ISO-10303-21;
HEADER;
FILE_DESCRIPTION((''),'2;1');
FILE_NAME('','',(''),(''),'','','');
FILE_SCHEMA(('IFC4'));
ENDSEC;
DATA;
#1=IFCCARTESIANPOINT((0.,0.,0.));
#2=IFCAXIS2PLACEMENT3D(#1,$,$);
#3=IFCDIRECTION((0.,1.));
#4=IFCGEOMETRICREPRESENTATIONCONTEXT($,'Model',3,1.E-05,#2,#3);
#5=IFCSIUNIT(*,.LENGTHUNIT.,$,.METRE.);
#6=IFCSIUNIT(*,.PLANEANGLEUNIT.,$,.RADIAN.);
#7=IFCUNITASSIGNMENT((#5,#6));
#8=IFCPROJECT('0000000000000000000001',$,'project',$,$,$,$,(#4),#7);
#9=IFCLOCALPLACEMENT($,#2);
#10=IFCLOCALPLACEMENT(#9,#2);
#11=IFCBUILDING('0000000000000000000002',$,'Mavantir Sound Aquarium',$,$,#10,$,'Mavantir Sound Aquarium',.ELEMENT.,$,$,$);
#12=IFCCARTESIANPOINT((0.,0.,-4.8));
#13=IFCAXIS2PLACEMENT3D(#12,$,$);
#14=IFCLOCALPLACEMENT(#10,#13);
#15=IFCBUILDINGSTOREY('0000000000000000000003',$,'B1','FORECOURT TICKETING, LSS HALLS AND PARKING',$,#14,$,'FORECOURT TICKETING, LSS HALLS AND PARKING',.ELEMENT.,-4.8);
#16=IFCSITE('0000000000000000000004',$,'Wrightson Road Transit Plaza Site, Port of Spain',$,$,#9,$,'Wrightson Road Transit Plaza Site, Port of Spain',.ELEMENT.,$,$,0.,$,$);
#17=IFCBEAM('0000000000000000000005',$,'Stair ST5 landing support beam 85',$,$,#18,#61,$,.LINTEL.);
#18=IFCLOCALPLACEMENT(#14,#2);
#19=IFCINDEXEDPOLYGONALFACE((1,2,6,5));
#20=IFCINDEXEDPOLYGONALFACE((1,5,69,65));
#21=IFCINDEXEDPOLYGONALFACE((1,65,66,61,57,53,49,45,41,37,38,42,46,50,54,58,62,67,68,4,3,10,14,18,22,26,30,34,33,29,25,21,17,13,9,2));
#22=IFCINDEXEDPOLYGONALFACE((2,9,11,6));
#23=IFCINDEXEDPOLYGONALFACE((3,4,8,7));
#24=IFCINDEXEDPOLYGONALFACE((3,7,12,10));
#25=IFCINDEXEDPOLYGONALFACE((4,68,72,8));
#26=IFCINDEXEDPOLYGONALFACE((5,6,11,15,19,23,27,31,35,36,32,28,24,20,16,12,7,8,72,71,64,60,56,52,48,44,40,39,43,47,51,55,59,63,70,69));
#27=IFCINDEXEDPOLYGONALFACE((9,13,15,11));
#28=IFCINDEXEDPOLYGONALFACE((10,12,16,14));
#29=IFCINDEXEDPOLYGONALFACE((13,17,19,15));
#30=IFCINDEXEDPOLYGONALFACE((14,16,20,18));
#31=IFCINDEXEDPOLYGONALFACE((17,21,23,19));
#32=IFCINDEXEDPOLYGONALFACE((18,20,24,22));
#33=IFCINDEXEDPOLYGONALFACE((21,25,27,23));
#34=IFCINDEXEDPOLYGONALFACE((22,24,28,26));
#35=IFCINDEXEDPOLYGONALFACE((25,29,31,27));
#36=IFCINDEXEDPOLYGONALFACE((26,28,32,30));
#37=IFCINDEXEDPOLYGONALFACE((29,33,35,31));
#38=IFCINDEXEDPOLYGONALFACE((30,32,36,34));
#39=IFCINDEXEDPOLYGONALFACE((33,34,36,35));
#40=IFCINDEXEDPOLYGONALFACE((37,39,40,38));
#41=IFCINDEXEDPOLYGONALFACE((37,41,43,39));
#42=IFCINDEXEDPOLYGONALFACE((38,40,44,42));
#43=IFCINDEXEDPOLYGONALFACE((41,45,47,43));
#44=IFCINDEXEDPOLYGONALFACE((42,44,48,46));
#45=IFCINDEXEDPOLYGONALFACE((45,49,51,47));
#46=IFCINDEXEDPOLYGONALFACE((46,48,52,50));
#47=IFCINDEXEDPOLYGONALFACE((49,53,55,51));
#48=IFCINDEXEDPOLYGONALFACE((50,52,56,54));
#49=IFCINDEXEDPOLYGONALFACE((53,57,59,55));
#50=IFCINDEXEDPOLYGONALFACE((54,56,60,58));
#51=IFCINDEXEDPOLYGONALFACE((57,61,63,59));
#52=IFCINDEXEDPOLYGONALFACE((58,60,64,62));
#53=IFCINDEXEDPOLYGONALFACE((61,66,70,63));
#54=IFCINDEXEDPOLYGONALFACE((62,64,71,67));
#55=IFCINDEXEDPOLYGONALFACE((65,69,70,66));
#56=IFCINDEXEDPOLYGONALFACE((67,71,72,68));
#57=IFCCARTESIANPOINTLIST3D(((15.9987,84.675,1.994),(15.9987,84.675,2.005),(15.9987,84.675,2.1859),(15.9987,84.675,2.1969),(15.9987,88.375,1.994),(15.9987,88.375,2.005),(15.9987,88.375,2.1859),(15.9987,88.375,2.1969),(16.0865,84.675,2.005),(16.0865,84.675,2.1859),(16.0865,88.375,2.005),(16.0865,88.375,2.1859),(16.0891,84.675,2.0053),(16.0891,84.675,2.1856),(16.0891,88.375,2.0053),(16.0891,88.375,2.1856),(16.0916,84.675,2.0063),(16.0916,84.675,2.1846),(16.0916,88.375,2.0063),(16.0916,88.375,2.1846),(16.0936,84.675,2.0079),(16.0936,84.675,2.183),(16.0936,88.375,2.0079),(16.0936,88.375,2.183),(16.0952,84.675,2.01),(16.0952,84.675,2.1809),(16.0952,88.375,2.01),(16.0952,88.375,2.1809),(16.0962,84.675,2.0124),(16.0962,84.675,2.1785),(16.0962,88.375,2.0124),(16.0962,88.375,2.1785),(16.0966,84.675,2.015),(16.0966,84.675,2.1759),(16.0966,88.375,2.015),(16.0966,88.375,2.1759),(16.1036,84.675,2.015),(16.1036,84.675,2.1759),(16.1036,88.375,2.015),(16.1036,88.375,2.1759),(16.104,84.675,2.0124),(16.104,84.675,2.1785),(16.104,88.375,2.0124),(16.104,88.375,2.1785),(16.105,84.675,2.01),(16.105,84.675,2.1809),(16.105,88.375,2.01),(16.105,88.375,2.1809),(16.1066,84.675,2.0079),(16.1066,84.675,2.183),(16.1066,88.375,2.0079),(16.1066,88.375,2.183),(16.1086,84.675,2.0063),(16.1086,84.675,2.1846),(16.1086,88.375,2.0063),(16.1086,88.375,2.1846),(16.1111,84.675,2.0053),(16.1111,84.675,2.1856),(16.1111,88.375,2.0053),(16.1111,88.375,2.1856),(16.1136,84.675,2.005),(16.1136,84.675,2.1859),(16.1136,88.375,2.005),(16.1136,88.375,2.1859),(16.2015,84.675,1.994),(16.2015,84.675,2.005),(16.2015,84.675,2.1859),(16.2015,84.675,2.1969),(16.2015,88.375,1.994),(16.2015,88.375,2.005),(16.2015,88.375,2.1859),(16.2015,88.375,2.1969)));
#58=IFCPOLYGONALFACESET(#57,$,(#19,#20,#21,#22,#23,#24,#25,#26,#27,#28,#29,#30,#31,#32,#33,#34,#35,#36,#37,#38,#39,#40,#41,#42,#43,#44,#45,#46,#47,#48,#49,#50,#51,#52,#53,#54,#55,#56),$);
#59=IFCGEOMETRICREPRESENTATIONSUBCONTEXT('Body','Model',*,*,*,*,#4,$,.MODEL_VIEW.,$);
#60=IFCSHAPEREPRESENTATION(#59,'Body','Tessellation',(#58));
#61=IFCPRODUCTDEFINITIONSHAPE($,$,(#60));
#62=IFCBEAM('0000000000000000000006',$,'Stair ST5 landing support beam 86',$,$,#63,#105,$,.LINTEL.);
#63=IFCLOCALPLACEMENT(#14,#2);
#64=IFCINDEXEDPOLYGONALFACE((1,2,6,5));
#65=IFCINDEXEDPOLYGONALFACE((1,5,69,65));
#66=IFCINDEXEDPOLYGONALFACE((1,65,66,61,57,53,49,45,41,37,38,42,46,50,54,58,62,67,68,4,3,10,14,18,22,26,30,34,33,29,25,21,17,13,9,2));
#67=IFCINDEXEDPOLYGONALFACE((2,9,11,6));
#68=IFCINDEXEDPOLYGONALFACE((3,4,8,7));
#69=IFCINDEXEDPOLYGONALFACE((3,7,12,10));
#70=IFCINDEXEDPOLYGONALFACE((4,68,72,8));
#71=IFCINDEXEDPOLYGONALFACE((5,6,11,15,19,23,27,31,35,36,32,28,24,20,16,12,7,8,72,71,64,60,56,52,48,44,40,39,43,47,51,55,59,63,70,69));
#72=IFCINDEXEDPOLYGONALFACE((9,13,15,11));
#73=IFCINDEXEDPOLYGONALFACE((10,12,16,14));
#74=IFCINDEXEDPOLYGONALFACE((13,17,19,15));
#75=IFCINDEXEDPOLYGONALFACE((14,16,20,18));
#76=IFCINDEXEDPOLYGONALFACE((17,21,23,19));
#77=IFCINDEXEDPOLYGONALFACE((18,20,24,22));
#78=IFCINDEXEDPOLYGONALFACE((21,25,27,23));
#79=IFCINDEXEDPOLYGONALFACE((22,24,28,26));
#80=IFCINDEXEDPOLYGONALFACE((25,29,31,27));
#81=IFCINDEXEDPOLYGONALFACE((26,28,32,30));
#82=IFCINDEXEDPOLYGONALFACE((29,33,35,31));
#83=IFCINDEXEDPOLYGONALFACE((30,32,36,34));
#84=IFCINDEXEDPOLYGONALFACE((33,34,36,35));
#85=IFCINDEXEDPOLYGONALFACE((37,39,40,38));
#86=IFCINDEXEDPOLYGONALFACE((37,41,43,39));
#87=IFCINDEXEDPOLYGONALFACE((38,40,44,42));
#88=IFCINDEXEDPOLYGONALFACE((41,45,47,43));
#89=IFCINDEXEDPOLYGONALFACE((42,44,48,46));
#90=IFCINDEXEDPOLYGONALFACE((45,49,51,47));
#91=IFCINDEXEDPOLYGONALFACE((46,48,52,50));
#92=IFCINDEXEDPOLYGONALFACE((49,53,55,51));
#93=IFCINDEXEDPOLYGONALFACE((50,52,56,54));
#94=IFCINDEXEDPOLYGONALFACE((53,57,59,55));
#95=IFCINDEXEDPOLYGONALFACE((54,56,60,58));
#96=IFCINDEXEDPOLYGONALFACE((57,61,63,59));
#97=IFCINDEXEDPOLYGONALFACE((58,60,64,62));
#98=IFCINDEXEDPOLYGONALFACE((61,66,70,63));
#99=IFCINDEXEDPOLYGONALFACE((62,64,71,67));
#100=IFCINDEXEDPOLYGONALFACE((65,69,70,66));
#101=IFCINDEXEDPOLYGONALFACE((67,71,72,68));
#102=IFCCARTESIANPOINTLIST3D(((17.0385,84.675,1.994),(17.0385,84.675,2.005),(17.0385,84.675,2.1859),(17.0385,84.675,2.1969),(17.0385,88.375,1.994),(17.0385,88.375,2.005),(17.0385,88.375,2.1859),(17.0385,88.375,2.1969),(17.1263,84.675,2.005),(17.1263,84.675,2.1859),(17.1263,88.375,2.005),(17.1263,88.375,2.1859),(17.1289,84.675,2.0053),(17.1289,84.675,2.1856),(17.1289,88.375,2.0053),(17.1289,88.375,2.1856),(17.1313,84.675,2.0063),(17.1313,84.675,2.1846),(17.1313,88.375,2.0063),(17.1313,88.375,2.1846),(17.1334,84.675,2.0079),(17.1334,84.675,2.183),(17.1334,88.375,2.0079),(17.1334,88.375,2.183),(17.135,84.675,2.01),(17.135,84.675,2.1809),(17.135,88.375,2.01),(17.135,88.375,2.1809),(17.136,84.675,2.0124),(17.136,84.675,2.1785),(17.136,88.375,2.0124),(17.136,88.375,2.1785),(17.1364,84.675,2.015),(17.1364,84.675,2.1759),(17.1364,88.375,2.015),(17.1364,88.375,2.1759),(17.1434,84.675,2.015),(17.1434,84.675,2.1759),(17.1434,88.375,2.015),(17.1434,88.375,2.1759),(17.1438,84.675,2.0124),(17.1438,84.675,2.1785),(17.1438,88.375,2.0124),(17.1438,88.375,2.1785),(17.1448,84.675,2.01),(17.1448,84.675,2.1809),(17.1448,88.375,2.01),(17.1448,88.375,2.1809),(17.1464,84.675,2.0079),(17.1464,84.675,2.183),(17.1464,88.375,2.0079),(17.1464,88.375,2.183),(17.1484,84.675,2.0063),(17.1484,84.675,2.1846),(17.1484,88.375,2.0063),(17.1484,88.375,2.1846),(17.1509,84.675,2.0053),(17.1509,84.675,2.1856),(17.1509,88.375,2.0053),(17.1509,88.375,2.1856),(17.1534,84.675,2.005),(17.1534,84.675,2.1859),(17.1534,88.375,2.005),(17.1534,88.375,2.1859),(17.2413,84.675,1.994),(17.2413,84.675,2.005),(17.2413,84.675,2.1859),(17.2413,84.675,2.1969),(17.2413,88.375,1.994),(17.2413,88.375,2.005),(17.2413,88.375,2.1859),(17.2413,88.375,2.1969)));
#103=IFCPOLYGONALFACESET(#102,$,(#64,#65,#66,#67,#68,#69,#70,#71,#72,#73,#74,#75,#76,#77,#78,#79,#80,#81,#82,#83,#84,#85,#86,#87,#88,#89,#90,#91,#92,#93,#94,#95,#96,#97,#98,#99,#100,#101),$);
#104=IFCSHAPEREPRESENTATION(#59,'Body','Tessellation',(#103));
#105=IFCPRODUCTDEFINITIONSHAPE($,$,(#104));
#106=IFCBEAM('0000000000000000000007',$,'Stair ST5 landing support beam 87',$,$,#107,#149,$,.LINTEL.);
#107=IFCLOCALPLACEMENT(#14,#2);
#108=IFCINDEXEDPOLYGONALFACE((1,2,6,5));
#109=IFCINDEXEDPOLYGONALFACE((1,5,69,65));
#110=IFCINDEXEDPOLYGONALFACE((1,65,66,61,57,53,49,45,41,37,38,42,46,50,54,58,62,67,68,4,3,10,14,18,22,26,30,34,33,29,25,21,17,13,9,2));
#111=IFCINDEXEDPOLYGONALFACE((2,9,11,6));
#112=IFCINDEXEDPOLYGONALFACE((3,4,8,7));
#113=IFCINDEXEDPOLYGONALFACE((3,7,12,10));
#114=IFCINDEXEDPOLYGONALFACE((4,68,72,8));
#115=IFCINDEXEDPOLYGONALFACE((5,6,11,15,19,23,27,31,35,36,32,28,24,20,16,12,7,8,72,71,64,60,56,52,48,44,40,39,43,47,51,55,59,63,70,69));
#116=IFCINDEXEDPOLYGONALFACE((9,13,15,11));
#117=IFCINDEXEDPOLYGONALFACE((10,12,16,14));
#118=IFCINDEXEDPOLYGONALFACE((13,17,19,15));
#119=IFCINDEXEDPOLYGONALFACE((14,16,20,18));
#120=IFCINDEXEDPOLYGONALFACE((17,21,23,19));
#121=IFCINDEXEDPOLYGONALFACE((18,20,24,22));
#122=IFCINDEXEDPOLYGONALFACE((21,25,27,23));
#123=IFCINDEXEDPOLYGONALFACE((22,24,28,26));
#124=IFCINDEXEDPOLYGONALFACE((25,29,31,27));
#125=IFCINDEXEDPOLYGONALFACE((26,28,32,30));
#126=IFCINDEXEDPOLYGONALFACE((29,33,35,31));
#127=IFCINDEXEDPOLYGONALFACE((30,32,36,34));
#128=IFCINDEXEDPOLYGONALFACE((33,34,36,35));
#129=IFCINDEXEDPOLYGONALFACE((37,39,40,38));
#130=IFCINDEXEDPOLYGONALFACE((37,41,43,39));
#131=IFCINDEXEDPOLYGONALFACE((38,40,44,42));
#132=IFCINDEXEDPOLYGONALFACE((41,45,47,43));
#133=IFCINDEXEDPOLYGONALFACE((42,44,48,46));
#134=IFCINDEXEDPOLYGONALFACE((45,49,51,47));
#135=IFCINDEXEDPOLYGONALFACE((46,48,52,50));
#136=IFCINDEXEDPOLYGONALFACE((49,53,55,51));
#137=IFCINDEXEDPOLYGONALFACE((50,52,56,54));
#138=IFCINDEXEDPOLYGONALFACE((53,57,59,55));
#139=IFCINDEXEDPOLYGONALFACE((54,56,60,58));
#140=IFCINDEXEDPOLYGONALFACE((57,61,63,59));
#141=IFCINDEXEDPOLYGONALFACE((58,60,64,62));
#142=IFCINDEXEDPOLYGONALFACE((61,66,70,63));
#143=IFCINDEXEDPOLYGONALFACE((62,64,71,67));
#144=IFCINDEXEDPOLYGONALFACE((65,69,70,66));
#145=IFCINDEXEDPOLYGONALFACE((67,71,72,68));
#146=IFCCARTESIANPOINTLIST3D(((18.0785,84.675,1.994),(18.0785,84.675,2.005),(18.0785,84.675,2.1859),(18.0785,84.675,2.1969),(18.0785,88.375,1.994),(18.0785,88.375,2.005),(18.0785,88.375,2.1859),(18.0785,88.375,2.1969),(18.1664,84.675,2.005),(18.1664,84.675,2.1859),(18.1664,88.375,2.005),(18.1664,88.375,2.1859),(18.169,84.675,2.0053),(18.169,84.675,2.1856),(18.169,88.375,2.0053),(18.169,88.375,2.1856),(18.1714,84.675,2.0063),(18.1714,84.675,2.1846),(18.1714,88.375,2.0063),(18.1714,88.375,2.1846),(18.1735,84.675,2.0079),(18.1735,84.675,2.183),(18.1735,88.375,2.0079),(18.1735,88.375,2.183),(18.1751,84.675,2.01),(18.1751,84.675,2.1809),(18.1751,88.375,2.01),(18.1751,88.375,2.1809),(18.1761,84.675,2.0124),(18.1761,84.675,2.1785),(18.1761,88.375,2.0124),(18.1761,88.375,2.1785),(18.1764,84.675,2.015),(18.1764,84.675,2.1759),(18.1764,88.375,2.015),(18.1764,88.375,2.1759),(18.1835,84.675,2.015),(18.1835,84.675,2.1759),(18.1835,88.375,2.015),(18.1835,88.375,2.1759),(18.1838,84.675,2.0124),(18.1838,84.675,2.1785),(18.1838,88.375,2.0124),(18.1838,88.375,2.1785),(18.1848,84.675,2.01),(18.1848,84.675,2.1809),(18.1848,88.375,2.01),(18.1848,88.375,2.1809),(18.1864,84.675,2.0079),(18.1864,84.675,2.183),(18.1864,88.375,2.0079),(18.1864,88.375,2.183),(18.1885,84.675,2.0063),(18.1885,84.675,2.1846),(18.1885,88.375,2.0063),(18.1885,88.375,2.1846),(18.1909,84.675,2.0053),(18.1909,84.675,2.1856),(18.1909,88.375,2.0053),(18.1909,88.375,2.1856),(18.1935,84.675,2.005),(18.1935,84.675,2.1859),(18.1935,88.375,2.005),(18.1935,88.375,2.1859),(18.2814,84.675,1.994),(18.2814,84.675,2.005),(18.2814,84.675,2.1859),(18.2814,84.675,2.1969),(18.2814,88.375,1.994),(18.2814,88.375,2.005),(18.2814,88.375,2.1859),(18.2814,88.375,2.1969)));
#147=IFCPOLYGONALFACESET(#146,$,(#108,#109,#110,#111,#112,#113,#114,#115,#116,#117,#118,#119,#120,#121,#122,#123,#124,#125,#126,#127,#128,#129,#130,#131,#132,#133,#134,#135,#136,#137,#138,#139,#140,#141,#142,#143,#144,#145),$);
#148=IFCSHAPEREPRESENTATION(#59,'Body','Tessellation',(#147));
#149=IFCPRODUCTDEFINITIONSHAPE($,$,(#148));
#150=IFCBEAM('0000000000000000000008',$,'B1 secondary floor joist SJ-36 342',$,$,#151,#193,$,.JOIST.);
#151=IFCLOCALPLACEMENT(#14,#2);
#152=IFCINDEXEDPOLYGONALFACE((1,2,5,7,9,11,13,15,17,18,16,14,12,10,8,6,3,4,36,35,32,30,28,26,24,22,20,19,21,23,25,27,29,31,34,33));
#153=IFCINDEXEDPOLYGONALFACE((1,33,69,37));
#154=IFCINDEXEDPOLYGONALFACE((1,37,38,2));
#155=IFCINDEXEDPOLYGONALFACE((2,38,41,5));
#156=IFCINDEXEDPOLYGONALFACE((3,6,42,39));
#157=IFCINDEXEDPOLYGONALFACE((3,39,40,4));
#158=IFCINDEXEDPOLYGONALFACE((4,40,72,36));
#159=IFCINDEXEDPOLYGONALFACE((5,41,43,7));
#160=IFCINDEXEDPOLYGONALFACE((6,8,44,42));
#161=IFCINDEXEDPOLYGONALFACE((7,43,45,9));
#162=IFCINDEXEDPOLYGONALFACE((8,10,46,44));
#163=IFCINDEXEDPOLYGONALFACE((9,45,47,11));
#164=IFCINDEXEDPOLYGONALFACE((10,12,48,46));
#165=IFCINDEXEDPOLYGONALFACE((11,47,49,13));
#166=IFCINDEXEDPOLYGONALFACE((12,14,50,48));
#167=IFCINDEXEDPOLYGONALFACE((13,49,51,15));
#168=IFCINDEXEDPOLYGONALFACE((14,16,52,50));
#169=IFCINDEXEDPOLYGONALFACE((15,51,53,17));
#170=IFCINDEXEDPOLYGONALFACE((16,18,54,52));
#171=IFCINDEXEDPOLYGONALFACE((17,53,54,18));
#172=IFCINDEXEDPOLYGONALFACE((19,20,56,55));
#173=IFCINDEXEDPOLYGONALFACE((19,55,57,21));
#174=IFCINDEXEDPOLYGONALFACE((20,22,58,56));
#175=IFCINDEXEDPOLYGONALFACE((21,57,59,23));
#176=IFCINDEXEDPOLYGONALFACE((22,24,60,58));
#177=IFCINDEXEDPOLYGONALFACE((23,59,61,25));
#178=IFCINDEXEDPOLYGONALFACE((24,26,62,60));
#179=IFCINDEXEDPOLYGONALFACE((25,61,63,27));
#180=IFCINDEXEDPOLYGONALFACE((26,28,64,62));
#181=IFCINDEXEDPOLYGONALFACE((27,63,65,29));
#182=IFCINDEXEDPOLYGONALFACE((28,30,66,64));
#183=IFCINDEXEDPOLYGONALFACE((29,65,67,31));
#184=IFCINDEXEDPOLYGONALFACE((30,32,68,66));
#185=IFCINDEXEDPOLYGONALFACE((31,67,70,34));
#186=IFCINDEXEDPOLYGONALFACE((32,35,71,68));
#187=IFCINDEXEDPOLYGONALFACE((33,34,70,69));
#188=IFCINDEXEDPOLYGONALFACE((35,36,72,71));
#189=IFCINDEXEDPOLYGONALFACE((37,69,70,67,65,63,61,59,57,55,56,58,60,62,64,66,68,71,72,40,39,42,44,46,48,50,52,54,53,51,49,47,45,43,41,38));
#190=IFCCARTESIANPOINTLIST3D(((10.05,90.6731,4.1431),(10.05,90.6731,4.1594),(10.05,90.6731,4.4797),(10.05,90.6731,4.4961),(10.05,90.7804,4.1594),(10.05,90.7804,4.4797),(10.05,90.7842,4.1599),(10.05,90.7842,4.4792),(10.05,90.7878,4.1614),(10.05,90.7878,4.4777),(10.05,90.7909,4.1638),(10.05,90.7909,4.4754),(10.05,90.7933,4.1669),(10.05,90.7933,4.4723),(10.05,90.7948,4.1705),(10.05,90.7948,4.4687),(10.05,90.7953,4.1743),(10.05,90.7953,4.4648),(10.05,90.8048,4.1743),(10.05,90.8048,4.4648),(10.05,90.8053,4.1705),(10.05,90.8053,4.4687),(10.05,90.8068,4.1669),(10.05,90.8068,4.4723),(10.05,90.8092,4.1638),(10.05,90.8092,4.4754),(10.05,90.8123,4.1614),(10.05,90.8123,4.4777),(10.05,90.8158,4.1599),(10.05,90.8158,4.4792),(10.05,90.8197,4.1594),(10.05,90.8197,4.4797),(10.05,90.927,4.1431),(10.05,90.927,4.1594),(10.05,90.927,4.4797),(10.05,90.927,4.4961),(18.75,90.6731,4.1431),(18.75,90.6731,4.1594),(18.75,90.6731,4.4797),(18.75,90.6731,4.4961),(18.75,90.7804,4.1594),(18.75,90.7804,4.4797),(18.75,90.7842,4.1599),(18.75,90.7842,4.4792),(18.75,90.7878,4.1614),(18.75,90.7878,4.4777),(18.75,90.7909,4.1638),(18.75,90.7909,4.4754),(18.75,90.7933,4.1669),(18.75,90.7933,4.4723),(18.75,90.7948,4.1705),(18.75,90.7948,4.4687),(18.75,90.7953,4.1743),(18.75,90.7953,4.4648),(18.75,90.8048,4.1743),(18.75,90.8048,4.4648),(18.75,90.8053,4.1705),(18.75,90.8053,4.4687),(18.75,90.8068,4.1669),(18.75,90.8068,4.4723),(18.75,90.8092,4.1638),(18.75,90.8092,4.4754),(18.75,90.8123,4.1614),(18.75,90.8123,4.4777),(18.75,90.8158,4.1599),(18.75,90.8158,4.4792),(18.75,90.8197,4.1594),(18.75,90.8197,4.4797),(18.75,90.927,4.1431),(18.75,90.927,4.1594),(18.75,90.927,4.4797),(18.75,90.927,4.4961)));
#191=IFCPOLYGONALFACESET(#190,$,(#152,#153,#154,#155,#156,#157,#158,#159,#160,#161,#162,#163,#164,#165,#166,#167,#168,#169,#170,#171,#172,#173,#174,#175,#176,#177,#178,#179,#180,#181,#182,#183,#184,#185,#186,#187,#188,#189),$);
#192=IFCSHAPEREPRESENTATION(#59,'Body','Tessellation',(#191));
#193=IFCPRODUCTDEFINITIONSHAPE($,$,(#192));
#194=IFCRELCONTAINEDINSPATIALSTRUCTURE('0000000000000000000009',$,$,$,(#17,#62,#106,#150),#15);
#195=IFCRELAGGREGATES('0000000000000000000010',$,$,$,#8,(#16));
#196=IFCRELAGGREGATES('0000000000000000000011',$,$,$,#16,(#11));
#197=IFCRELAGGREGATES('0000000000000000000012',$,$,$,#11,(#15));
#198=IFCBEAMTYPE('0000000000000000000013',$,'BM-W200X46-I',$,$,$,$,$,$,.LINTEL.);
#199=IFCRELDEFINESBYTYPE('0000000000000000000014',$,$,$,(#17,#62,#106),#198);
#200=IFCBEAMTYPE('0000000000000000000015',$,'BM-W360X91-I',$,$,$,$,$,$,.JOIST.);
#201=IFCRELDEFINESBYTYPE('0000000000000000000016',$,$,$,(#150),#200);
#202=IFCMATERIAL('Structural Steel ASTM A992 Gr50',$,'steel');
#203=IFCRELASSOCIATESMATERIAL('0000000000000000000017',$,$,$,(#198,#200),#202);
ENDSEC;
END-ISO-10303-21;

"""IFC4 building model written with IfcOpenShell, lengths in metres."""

from ifc_helpers import new_model, si_unit, direction, frame, origin, origin_2d, place, context, subcontext, project, spatial, i_section, extrude, material, material_profile, profile_set, type_object, element, save


model = new_model("IFC4")

# Units and contexts
model_context = context("Model", 3, precision=1e-05, world=origin(), true_north=direction((0.0, 1.0)))
body_context = subcontext(model_context, "Body", "Model", "MODEL_VIEW")
ifc_project = project(units=[si_unit("LENGTHUNIT", "METRE"), si_unit("PLANEANGLEUNIT", "RADIAN")], contexts=[model_context])

# Site, building, storey
site_placement = place(None, origin())
site = spatial("IfcSite", under=ifc_project, at=site_placement, Name="Wrightson Road Transit Plaza Site, Port of Spain", LongName="Wrightson Road Transit Plaza Site, Port of Spain", CompositionType="ELEMENT", RefElevation=0.0)
building_placement = place(site_placement, origin())
building = spatial("IfcBuilding", under=site, at=building_placement, Name="Mavantir Sound Aquarium", LongName="Mavantir Sound Aquarium", CompositionType="ELEMENT")
storey_placement = place(building_placement, frame((0.0, 0.0, -4.8)))
storey = spatial("IfcBuildingStorey", under=building, at=storey_placement, Name="B1", Description="FORECOURT TICKETING, LSS HALLS AND PARKING", LongName="FORECOURT TICKETING, LSS HALLS AND PARKING", CompositionType="ELEMENT", Elevation=-4.8)

# Beams
ifc_material_1 = material(Name="Structural Steel ASTM A992 Gr50", Category="steel")
ifc_material_profile_1 = material_profile(ifc_material_1, i_section(OverallWidth=0.2029, OverallDepth=0.2029, WebThickness=0.0071, FlangeThickness=0.011, FilletRadius=0.01, at=origin_2d()), Name="W200X46")
ifc_profile_set_1 = profile_set([ifc_material_profile_1], Name="Structural Steel ASTM A992 Gr50")
beam_type_1 = type_object("IfcBeamType", Name="BM-W200X46-I", PredefinedType="LINTEL", material=ifc_profile_set_1)
for number, where, z_axis, x_axis, name in (
    (1, (16.1001, 84.675, 2.0955), (0.0, 1.0, 0.0), (-1.0, 0.0, 0.0), "Stair ST5 landing support beam 85"),
    (2, (17.1399, 84.675, 2.0955), (0.0, 1.0, 0.0), (-1.0, 0.0, 0.0), "Stair ST5 landing support beam 86"),
    (3, (18.1799, 84.675, 2.0955), (0.0, 1.0, 0.0), (-1.0, 0.0, 0.0), "Stair ST5 landing support beam 87"),
):
    element("IfcBeam", number, at=place(storey_placement, frame(where, z_axis=z_axis, x_axis=x_axis)), inside=storey, type_object=beam_type_1, Name=name, PredefinedType="LINTEL", context=body_context, shape_type="SweptSolid", body=[
        extrude(i_section(OverallWidth=0.2029, OverallDepth=0.2029, WebThickness=0.0071, FlangeThickness=0.011, FilletRadius=0.01, at=origin_2d()), origin(), (0.0, 0.0, 1.0), 3.7),
    ])
ifc_material_profile_2 = material_profile(ifc_material_1, i_section(OverallWidth=0.2539, OverallDepth=0.353, WebThickness=0.0095, FlangeThickness=0.0164, FilletRadius=0.0149, at=origin_2d()), Name="W360X91")
ifc_profile_set_2 = profile_set([ifc_material_profile_2], Name="Structural Steel ASTM A992 Gr50")
beam_type_2 = type_object("IfcBeamType", Name="BM-W360X91-I", PredefinedType="JOIST", material=ifc_profile_set_2)
beam_placement = place(storey_placement, frame((10.05, 90.8, 4.3196), z_axis=(1.0, 0.0, 0.0), x_axis=(0.0, 1.0, 0.0)))
element("IfcBeam", 4, at=beam_placement, inside=storey, type_object=beam_type_2, Name="B1 secondary floor joist SJ-36 342", PredefinedType="JOIST", context=body_context, shape_type="SweptSolid", body=[
    extrude(i_section(OverallWidth=0.2539, OverallDepth=0.353, WebThickness=0.0095, FlangeThickness=0.0164, FilletRadius=0.0149, at=origin_2d()), origin(), (0.0, 0.0, 1.0), 8.7),
])

save(model, "model.ifc")
